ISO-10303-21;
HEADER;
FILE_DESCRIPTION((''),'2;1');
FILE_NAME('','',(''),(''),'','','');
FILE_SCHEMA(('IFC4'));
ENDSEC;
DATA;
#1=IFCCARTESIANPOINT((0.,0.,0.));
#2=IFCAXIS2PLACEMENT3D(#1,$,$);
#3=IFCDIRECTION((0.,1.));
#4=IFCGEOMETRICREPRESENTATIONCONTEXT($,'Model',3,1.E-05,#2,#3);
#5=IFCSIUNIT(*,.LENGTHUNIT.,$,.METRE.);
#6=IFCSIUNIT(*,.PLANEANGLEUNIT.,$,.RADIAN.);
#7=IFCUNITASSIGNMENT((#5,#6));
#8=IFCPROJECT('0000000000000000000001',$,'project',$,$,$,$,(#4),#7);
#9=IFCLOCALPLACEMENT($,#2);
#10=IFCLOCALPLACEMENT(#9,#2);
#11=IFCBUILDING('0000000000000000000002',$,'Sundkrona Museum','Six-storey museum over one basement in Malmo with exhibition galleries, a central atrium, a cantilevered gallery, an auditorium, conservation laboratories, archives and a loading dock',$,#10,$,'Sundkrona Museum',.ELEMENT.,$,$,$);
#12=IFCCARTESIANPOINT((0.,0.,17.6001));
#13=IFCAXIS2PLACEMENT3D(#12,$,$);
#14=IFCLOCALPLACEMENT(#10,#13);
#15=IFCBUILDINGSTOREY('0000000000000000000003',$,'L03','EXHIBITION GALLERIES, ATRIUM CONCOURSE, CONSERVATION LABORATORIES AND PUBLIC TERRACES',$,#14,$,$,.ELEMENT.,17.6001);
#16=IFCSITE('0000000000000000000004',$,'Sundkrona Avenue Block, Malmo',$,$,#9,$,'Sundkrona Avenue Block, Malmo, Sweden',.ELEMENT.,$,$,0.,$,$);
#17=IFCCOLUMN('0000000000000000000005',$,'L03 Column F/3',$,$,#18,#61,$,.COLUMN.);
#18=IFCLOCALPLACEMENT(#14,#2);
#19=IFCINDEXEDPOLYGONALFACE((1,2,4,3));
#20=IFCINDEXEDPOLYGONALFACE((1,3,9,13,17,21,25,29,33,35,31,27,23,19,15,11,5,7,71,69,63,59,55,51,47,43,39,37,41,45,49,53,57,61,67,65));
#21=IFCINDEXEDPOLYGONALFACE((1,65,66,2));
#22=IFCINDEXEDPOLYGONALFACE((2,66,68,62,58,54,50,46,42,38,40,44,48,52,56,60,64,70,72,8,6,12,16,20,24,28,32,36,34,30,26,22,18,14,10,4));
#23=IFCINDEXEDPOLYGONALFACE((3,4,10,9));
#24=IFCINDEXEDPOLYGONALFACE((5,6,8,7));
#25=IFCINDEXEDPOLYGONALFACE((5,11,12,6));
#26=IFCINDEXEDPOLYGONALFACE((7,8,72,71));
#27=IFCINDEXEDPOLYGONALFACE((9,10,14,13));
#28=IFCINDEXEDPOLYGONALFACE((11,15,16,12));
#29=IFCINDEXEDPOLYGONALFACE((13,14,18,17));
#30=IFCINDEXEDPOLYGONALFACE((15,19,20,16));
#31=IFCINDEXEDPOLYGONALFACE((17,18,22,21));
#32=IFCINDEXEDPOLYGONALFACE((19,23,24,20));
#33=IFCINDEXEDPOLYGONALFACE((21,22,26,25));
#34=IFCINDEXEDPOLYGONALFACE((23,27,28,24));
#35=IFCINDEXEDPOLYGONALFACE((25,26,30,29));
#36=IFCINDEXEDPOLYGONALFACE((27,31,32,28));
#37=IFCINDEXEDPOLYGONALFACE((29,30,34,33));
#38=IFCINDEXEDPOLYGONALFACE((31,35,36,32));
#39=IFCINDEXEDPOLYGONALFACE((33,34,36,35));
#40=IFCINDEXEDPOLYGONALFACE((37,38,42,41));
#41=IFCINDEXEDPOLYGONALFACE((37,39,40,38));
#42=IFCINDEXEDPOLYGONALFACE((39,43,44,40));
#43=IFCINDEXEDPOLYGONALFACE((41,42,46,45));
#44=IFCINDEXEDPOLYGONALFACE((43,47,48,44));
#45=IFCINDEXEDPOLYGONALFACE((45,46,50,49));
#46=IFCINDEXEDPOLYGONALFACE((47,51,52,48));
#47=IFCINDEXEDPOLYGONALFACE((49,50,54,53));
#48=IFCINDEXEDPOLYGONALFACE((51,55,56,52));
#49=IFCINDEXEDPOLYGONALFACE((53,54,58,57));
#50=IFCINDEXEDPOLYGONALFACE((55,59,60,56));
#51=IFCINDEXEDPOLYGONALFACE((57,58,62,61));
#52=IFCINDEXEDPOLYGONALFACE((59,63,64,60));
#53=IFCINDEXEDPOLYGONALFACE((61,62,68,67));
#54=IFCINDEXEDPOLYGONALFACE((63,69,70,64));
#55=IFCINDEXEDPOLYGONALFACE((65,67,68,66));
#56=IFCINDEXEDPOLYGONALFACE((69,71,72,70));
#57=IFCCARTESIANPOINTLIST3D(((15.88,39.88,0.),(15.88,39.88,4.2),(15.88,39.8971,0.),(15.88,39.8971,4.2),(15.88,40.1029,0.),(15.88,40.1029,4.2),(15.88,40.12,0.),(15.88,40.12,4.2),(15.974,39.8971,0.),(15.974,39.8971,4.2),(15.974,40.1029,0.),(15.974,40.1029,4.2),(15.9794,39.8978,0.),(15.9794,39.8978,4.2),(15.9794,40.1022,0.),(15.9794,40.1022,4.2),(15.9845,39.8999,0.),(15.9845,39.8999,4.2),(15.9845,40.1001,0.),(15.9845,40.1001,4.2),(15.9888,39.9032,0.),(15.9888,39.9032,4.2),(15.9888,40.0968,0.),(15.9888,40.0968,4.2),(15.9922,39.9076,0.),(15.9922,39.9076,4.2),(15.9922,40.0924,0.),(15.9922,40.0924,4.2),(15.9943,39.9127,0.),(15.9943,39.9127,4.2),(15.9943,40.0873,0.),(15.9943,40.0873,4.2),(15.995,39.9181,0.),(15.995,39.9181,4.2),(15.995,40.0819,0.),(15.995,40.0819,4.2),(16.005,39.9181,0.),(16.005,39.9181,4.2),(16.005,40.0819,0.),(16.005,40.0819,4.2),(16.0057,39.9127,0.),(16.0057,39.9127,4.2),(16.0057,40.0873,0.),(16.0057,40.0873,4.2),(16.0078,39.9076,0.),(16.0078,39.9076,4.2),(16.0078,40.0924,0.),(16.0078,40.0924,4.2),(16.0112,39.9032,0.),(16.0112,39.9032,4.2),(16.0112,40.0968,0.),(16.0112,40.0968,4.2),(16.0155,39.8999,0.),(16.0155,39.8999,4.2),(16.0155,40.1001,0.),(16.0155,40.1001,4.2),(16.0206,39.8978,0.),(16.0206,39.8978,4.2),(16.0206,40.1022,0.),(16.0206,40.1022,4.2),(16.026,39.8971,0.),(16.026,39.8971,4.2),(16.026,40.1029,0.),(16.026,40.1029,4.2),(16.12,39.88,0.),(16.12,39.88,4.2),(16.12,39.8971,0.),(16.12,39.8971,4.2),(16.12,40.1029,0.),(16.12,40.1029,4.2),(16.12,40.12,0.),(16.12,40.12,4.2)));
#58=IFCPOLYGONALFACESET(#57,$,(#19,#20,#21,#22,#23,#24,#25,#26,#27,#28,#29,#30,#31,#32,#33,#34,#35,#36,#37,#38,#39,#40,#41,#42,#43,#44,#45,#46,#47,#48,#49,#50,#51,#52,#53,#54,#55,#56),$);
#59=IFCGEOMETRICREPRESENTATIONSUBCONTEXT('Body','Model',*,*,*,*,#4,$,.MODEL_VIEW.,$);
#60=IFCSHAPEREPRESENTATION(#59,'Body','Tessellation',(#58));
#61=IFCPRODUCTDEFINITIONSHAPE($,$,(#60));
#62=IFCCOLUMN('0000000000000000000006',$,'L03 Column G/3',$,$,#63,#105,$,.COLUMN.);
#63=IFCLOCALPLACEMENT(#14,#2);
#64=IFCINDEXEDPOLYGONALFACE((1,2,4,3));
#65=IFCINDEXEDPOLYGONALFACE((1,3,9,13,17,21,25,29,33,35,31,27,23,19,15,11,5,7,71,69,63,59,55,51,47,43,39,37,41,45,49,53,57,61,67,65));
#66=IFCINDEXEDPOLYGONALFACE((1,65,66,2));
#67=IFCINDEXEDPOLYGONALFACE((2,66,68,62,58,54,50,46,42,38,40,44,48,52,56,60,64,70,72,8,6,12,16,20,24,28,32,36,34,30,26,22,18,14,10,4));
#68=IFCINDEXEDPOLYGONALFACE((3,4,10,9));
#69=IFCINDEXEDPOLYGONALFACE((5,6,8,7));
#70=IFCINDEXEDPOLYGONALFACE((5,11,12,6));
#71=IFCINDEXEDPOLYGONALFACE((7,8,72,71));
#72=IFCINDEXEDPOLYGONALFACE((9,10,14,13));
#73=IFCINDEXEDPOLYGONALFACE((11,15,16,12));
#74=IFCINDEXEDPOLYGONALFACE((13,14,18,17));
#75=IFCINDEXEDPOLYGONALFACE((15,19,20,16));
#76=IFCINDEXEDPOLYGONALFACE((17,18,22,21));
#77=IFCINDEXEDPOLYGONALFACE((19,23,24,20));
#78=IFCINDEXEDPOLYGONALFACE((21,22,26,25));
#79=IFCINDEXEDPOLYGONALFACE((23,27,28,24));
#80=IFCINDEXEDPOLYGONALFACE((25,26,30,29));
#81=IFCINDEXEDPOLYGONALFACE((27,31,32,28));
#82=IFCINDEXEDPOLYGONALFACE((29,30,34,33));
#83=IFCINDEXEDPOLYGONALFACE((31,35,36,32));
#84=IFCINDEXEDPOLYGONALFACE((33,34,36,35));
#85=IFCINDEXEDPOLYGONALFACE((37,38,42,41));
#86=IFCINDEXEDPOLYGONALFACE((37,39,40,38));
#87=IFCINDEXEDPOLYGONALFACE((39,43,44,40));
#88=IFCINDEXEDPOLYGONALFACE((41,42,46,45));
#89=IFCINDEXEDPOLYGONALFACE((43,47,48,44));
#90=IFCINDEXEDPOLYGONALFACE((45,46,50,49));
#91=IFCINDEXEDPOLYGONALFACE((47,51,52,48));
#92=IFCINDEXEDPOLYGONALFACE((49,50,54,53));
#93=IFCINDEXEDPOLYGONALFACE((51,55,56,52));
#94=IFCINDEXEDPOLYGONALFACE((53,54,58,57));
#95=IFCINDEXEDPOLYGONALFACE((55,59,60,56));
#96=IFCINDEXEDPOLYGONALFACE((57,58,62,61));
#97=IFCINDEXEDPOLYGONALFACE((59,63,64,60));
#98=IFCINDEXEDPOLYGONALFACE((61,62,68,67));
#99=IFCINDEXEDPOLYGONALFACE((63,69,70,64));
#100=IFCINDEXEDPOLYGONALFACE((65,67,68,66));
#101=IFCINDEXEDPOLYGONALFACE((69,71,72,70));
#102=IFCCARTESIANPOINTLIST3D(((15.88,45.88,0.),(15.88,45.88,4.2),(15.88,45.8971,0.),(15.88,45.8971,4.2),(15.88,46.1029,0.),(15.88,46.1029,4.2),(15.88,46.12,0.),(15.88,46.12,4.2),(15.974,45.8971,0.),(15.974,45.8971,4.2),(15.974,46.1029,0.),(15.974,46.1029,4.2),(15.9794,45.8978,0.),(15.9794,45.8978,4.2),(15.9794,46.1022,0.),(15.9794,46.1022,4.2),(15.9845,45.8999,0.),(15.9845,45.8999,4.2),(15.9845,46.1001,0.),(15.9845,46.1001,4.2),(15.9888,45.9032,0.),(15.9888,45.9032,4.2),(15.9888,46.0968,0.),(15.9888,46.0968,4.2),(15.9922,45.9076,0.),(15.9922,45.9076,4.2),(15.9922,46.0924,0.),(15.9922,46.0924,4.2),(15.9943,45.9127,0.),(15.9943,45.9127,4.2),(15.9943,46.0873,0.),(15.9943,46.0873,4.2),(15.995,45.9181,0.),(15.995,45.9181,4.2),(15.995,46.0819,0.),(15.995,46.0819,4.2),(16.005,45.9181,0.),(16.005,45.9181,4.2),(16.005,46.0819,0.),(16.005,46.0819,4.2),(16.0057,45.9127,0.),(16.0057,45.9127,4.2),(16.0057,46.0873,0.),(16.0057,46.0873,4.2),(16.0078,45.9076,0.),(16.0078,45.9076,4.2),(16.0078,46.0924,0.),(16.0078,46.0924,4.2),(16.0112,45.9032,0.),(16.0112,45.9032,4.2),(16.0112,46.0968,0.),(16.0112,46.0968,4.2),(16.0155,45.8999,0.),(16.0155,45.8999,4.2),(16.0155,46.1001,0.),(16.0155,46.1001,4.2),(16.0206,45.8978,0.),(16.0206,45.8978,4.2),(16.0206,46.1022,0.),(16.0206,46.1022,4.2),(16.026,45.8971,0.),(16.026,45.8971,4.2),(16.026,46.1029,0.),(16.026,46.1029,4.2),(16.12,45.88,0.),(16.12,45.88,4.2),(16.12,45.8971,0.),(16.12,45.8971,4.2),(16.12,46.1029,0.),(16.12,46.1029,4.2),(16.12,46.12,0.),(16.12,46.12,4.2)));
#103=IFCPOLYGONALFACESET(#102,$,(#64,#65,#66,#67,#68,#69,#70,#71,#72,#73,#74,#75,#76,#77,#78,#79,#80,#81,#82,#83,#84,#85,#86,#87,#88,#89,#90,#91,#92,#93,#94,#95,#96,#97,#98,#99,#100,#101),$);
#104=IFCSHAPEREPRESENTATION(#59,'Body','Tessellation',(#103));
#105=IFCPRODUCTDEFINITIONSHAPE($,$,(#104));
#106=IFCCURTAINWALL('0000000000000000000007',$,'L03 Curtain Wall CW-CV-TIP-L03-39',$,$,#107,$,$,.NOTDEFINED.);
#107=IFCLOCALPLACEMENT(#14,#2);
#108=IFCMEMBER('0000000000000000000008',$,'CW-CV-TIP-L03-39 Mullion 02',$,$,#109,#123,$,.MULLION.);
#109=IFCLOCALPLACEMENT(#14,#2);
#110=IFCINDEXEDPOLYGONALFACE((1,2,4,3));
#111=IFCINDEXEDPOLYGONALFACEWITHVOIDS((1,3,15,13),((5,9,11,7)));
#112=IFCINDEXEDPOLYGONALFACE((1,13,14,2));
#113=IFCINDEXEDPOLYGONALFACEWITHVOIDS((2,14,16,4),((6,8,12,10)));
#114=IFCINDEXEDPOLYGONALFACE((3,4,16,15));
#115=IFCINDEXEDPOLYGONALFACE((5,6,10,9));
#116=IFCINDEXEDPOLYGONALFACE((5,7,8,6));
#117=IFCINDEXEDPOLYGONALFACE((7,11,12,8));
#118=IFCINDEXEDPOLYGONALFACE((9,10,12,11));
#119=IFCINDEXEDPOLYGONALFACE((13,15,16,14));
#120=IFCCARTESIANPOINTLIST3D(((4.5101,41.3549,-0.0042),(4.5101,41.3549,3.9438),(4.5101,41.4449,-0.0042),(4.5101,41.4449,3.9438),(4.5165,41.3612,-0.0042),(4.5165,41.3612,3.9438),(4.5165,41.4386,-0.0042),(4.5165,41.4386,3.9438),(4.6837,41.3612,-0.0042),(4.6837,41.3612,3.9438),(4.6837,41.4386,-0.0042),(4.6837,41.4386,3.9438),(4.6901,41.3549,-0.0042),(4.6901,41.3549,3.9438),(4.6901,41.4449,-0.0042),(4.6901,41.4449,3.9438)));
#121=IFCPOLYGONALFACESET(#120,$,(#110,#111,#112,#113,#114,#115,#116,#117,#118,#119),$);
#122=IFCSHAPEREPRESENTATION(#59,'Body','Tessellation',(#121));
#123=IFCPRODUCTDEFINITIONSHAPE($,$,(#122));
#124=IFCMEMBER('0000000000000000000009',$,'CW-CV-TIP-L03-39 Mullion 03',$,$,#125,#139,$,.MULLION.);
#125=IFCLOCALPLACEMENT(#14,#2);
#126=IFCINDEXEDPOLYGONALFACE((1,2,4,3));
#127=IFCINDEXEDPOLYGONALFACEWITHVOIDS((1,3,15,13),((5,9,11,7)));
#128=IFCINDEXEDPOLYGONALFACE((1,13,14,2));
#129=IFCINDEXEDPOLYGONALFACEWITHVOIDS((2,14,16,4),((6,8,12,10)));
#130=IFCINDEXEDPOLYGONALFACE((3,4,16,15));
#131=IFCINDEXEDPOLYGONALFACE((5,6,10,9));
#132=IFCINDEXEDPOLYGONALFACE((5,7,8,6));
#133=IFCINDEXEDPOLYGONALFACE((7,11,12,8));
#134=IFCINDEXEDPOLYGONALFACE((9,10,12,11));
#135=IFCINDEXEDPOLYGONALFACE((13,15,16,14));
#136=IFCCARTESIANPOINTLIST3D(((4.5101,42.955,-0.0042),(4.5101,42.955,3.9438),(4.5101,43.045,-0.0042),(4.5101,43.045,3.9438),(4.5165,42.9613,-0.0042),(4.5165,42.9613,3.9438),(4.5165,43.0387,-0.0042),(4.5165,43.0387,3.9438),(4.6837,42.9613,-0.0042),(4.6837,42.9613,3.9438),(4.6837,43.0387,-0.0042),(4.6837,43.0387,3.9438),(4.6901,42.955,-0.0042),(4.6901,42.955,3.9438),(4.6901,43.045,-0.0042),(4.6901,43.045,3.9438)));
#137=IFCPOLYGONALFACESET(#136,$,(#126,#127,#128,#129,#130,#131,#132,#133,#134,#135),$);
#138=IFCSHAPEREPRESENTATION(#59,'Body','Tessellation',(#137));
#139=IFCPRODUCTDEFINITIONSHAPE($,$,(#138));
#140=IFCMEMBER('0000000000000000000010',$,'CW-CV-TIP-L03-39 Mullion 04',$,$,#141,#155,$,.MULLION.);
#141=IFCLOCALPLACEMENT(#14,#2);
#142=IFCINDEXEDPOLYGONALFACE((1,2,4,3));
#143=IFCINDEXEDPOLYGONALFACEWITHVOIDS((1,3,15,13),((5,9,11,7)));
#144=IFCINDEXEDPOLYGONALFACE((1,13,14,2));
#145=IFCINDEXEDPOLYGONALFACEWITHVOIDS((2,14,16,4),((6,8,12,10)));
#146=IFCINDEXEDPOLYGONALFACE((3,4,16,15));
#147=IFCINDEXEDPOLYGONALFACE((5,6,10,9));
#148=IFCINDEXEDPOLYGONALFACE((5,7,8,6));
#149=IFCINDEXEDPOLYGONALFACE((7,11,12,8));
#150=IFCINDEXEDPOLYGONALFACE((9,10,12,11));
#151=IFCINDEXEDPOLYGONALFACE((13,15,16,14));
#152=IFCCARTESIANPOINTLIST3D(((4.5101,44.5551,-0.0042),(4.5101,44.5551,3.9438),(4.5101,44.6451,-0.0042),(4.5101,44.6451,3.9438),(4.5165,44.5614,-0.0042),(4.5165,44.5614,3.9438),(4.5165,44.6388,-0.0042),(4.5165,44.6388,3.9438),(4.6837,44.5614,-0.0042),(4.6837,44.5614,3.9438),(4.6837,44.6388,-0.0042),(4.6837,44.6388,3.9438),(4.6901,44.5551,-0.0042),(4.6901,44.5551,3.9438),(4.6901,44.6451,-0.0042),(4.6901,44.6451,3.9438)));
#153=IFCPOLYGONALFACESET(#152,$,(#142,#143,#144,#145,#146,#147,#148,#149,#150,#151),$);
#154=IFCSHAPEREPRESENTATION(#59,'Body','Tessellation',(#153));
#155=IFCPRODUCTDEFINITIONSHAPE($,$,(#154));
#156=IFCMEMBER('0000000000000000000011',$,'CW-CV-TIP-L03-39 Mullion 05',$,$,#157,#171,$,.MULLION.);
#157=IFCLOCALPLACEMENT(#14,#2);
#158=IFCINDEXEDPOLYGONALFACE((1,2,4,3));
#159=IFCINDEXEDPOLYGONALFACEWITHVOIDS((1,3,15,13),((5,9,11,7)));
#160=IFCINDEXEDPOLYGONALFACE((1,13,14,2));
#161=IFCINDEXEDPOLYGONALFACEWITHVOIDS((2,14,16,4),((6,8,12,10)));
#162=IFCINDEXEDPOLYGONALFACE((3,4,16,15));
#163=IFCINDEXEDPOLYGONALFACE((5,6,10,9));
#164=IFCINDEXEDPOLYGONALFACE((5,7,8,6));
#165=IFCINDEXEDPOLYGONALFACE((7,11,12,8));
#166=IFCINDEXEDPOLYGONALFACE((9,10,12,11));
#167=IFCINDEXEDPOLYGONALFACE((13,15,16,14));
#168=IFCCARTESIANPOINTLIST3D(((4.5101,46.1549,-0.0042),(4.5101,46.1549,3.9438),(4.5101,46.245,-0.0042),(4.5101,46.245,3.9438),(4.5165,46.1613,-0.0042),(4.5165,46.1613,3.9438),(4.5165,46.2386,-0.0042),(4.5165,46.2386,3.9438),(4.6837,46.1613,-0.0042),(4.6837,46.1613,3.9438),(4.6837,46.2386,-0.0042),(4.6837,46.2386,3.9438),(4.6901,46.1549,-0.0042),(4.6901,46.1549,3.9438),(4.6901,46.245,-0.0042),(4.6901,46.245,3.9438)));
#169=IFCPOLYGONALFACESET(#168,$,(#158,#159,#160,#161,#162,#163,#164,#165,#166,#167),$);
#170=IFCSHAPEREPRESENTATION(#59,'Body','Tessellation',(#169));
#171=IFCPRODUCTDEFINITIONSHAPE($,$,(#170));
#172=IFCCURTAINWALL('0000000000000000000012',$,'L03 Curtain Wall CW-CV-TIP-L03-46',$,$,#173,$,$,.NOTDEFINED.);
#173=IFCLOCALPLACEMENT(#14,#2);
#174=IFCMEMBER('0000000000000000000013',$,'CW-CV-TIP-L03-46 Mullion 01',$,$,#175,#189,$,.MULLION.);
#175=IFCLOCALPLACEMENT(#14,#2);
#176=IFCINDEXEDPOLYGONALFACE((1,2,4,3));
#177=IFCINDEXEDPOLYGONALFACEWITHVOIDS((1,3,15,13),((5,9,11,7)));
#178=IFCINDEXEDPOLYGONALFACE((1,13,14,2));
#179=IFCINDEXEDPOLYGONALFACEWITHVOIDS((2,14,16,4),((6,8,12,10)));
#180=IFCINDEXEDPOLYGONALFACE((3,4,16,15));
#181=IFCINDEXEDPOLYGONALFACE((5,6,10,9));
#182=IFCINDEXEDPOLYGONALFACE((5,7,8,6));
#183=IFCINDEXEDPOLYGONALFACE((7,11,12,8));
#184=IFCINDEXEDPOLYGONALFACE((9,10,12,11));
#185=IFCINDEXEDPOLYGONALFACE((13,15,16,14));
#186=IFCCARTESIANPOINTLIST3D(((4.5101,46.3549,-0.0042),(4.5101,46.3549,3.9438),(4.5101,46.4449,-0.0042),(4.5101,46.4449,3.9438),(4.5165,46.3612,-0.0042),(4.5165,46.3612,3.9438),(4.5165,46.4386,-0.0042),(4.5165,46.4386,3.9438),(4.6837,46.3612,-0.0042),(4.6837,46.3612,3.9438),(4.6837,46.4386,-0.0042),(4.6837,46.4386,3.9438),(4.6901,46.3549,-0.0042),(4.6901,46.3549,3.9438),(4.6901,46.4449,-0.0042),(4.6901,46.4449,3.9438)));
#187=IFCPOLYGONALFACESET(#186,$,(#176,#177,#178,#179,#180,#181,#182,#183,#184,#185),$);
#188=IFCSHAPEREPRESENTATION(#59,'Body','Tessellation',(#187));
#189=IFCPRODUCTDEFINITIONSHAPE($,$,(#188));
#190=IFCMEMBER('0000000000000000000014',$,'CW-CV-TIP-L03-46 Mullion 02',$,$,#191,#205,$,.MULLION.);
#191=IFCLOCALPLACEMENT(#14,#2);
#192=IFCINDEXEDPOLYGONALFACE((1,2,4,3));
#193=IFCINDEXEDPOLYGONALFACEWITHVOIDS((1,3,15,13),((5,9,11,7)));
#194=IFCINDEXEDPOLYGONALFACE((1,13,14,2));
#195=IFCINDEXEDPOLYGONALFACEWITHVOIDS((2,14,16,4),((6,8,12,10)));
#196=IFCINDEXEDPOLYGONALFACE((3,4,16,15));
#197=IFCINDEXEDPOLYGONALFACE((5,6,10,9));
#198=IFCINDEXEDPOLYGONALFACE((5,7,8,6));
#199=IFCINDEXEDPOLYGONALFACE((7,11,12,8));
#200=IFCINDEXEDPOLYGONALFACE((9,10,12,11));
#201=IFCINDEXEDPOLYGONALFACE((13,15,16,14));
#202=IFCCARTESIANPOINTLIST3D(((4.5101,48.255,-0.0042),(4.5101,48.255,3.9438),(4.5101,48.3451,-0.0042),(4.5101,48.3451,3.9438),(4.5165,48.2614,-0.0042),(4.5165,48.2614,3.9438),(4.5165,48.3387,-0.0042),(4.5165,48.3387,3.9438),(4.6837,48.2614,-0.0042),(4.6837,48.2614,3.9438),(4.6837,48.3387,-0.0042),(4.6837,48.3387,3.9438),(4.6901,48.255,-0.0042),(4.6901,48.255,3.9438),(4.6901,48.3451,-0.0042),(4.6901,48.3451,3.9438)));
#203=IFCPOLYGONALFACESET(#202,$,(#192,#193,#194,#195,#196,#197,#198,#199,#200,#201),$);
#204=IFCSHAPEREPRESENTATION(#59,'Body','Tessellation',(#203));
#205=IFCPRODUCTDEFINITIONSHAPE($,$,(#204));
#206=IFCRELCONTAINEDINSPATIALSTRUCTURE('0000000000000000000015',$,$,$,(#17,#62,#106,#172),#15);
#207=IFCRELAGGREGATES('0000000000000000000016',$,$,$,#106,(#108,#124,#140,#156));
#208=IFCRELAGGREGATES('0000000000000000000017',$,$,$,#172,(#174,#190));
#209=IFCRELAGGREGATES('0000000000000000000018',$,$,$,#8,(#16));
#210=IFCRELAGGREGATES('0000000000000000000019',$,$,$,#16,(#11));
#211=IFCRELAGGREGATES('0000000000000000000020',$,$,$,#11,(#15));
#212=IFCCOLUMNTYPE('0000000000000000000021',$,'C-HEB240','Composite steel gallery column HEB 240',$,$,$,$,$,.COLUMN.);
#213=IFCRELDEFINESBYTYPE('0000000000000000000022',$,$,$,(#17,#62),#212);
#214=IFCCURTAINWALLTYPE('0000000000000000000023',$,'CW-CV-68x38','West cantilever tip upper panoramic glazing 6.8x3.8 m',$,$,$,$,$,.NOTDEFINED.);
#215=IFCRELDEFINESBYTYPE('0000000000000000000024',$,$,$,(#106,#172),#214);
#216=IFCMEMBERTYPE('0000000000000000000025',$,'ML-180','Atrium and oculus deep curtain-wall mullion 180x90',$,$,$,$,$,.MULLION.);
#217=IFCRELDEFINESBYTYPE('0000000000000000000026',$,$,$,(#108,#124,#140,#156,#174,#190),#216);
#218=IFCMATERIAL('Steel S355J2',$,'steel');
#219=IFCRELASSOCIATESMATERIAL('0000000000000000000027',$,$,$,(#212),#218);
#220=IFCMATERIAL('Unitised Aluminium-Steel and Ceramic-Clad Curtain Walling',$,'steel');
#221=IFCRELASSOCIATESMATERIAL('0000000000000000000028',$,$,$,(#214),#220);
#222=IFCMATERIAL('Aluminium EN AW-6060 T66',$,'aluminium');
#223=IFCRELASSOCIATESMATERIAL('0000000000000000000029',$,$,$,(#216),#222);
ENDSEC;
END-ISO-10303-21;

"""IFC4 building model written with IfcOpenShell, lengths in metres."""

from ifc_helpers import new_model, si_unit, direction, frame, origin, origin_2d, place, context, subcontext, project, spatial, hollow_rectangle, i_section, extrude, material, material_profile, profile_set, type_object, element, aggregate, save


model = new_model("IFC4")

# Units and contexts
model_context = context("Model", 3, precision=1e-05, world=origin(), true_north=direction((0.0, 1.0)))
body_context = subcontext(model_context, "Body", "Model", "MODEL_VIEW")
ifc_project = project(units=[si_unit("LENGTHUNIT", "METRE"), si_unit("PLANEANGLEUNIT", "RADIAN")], contexts=[model_context])

# Site, building, storey
site_placement = place(None, origin())
site = spatial("IfcSite", under=ifc_project, at=site_placement, Name="Sundkrona Avenue Block, Malmo", LongName="Sundkrona Avenue Block, Malmo, Sweden", CompositionType="ELEMENT", RefElevation=0.0)
building_placement = place(site_placement, origin())
building = spatial("IfcBuilding", under=site, at=building_placement, Name="Sundkrona Museum", Description="Six-storey museum over one basement in Malmo with exhibition galleries, a central atrium, a cantilevered gallery, an auditorium, conservation laboratories, archives and a loading dock", LongName="Sundkrona Museum", CompositionType="ELEMENT")
storey_placement = place(building_placement, frame((0.0, 0.0, 17.6001)))
storey = spatial("IfcBuildingStorey", under=building, at=storey_placement, Name="L03", Description="EXHIBITION GALLERIES, ATRIUM CONCOURSE, CONSERVATION LABORATORIES AND PUBLIC TERRACES", CompositionType="ELEMENT", Elevation=17.6001)

# Columns
ifc_material_1 = material(Name="Steel S355J2", Category="steel")
ifc_material_profile_1 = material_profile(ifc_material_1, i_section(OverallWidth=0.24, OverallDepth=0.24, WebThickness=0.01, FlangeThickness=0.0171, FilletRadius=0.021, at=origin_2d()), Name="HEB 240")
ifc_profile_set_1 = profile_set([ifc_material_profile_1], Name="Steel S355J2")
column_type = type_object("IfcColumnType", Name="C-HEB240", Description="Composite steel gallery column HEB 240", PredefinedType="COLUMN", material=ifc_profile_set_1)
for number, where, z_axis, x_axis, name in (
    (1, (16.0, 40.0, 0.0), (0.0, 0.0, 1.0), (1.0, 0.0, 0.0), "L03 Column F/3"),
    (2, (16.0, 46.0, 0.0), (0.0, 0.0, 1.0), (1.0, 0.0, 0.0), "L03 Column G/3"),
):
    element("IfcColumn", number, at=place(storey_placement, frame(where, z_axis=z_axis, x_axis=x_axis)), inside=storey, type_object=column_type, Name=name, PredefinedType="COLUMN", context=body_context, shape_type="SweptSolid", body=[
        extrude(i_section(OverallWidth=0.24, OverallDepth=0.24, WebThickness=0.01, FlangeThickness=0.0171, FilletRadius=0.021, at=origin_2d()), origin(), (0.0, 0.0, 1.0), 4.2),
    ])

# Curtain walls, members
ifc_material_2 = material(Name="Unitised Aluminium-Steel and Ceramic-Clad Curtain Walling", Category="steel")
curtain_wall_type = type_object("IfcCurtainWallType", Name="CW-CV-68x38", Description="West cantilever tip upper panoramic glazing 6.8x3.8 m", PredefinedType="NOTDEFINED", material=ifc_material_2)
curtain_wall_1_placement = place(storey_placement, origin())
curtain_wall_1 = element("IfcCurtainWall", 3, at=curtain_wall_1_placement, inside=storey, type_object=curtain_wall_type, Name="L03 Curtain Wall CW-CV-TIP-L03-39", PredefinedType="NOTDEFINED")
ifc_material_3 = material(Name="Aluminium EN AW-6060 T66", Category="aluminium")
ifc_material_profile_2 = material_profile(ifc_material_3, hollow_rectangle(XDim=0.0901, YDim=0.1799, WallThickness=0.0063, at=origin_2d()), Name="RHS 180x90x6.3")
ifc_profile_set_2 = profile_set([ifc_material_profile_2], Name="Aluminium EN AW-6060 T66")
member_type_1 = type_object("IfcMemberType", Name="ML-180", Description="Atrium and oculus deep curtain-wall mullion 180x90", PredefinedType="MULLION", material=ifc_profile_set_2)
member_1_placement = place(storey_placement, frame((4.6001, 41.3999, -0.0042), z_axis=(0.0, 0.0, 1.0), x_axis=(0.0, 1.0, 0.0)))
member_1 = element("IfcMember", 4, at=member_1_placement, type_object=member_type_1, Name="CW-CV-TIP-L03-39 Mullion 02", PredefinedType="MULLION", context=body_context, shape_type="SweptSolid", body=[
    extrude(hollow_rectangle(XDim=0.0901, YDim=0.1799, WallThickness=0.0063, at=origin_2d()), origin(), (0.0, 0.0, 1.0), 3.948),
])
member_2_placement = place(storey_placement, frame((4.6001, 43.0, -0.0042), z_axis=(0.0, 0.0, 1.0), x_axis=(0.0, 1.0, 0.0)))
member_2 = element("IfcMember", 5, at=member_2_placement, type_object=member_type_1, Name="CW-CV-TIP-L03-39 Mullion 03", PredefinedType="MULLION", context=body_context, shape_type="SweptSolid", body=[
    extrude(hollow_rectangle(XDim=0.0901, YDim=0.1799, WallThickness=0.0063, at=origin_2d()), origin(), (0.0, 0.0, 1.0), 3.948),
])
member_3_placement = place(storey_placement, frame((4.6001, 44.6001, -0.0042), z_axis=(0.0, 0.0, 1.0), x_axis=(0.0, 1.0, 0.0)))
member_3 = element("IfcMember", 6, at=member_3_placement, type_object=member_type_1, Name="CW-CV-TIP-L03-39 Mullion 04", PredefinedType="MULLION", context=body_context, shape_type="SweptSolid", body=[
    extrude(hollow_rectangle(XDim=0.0901, YDim=0.1799, WallThickness=0.0063, at=origin_2d()), origin(), (0.0, 0.0, 1.0), 3.948),
])
member_4_placement = place(storey_placement, frame((4.6001, 46.2, -0.0042), z_axis=(0.0, 0.0, 1.0), x_axis=(0.0, 1.0, 0.0)))
member_4 = element("IfcMember", 7, at=member_4_placement, type_object=member_type_1, Name="CW-CV-TIP-L03-39 Mullion 05", PredefinedType="MULLION", context=body_context, shape_type="SweptSolid", body=[
    extrude(hollow_rectangle(XDim=0.0901, YDim=0.1799, WallThickness=0.0063, at=origin_2d()), origin(), (0.0, 0.0, 1.0), 3.948),
])
curtain_wall_2_placement = place(storey_placement, origin())
curtain_wall_2 = element("IfcCurtainWall", 8, at=curtain_wall_2_placement, inside=storey, type_object=curtain_wall_type, Name="L03 Curtain Wall CW-CV-TIP-L03-46", PredefinedType="NOTDEFINED")
member_5_placement = place(storey_placement, frame((4.6001, 46.3999, -0.0042), z_axis=(0.0, 0.0, 1.0), x_axis=(0.0, 1.0, 0.0)))
member_5 = element("IfcMember", 9, at=member_5_placement, type_object=member_type_1, Name="CW-CV-TIP-L03-46 Mullion 01", PredefinedType="MULLION", context=body_context, shape_type="SweptSolid", body=[
    extrude(hollow_rectangle(XDim=0.0901, YDim=0.1799, WallThickness=0.0063, at=origin_2d()), origin(), (0.0, 0.0, 1.0), 3.948),
])
member_6_placement = place(storey_placement, frame((4.6001, 48.3, -0.0042), z_axis=(0.0, 0.0, 1.0), x_axis=(0.0, 1.0, 0.0)))
member_6 = element("IfcMember", 10, at=member_6_placement, type_object=member_type_1, Name="CW-CV-TIP-L03-46 Mullion 02", PredefinedType="MULLION", context=body_context, shape_type="SweptSolid", body=[
    extrude(hollow_rectangle(XDim=0.0901, YDim=0.1799, WallThickness=0.0063, at=origin_2d()), origin(), (0.0, 0.0, 1.0), 3.948),
])

aggregate(curtain_wall_1, [member_1, member_2, member_3, member_4])
aggregate(curtain_wall_2, [member_5, member_6])

save(model, "model.ifc")
